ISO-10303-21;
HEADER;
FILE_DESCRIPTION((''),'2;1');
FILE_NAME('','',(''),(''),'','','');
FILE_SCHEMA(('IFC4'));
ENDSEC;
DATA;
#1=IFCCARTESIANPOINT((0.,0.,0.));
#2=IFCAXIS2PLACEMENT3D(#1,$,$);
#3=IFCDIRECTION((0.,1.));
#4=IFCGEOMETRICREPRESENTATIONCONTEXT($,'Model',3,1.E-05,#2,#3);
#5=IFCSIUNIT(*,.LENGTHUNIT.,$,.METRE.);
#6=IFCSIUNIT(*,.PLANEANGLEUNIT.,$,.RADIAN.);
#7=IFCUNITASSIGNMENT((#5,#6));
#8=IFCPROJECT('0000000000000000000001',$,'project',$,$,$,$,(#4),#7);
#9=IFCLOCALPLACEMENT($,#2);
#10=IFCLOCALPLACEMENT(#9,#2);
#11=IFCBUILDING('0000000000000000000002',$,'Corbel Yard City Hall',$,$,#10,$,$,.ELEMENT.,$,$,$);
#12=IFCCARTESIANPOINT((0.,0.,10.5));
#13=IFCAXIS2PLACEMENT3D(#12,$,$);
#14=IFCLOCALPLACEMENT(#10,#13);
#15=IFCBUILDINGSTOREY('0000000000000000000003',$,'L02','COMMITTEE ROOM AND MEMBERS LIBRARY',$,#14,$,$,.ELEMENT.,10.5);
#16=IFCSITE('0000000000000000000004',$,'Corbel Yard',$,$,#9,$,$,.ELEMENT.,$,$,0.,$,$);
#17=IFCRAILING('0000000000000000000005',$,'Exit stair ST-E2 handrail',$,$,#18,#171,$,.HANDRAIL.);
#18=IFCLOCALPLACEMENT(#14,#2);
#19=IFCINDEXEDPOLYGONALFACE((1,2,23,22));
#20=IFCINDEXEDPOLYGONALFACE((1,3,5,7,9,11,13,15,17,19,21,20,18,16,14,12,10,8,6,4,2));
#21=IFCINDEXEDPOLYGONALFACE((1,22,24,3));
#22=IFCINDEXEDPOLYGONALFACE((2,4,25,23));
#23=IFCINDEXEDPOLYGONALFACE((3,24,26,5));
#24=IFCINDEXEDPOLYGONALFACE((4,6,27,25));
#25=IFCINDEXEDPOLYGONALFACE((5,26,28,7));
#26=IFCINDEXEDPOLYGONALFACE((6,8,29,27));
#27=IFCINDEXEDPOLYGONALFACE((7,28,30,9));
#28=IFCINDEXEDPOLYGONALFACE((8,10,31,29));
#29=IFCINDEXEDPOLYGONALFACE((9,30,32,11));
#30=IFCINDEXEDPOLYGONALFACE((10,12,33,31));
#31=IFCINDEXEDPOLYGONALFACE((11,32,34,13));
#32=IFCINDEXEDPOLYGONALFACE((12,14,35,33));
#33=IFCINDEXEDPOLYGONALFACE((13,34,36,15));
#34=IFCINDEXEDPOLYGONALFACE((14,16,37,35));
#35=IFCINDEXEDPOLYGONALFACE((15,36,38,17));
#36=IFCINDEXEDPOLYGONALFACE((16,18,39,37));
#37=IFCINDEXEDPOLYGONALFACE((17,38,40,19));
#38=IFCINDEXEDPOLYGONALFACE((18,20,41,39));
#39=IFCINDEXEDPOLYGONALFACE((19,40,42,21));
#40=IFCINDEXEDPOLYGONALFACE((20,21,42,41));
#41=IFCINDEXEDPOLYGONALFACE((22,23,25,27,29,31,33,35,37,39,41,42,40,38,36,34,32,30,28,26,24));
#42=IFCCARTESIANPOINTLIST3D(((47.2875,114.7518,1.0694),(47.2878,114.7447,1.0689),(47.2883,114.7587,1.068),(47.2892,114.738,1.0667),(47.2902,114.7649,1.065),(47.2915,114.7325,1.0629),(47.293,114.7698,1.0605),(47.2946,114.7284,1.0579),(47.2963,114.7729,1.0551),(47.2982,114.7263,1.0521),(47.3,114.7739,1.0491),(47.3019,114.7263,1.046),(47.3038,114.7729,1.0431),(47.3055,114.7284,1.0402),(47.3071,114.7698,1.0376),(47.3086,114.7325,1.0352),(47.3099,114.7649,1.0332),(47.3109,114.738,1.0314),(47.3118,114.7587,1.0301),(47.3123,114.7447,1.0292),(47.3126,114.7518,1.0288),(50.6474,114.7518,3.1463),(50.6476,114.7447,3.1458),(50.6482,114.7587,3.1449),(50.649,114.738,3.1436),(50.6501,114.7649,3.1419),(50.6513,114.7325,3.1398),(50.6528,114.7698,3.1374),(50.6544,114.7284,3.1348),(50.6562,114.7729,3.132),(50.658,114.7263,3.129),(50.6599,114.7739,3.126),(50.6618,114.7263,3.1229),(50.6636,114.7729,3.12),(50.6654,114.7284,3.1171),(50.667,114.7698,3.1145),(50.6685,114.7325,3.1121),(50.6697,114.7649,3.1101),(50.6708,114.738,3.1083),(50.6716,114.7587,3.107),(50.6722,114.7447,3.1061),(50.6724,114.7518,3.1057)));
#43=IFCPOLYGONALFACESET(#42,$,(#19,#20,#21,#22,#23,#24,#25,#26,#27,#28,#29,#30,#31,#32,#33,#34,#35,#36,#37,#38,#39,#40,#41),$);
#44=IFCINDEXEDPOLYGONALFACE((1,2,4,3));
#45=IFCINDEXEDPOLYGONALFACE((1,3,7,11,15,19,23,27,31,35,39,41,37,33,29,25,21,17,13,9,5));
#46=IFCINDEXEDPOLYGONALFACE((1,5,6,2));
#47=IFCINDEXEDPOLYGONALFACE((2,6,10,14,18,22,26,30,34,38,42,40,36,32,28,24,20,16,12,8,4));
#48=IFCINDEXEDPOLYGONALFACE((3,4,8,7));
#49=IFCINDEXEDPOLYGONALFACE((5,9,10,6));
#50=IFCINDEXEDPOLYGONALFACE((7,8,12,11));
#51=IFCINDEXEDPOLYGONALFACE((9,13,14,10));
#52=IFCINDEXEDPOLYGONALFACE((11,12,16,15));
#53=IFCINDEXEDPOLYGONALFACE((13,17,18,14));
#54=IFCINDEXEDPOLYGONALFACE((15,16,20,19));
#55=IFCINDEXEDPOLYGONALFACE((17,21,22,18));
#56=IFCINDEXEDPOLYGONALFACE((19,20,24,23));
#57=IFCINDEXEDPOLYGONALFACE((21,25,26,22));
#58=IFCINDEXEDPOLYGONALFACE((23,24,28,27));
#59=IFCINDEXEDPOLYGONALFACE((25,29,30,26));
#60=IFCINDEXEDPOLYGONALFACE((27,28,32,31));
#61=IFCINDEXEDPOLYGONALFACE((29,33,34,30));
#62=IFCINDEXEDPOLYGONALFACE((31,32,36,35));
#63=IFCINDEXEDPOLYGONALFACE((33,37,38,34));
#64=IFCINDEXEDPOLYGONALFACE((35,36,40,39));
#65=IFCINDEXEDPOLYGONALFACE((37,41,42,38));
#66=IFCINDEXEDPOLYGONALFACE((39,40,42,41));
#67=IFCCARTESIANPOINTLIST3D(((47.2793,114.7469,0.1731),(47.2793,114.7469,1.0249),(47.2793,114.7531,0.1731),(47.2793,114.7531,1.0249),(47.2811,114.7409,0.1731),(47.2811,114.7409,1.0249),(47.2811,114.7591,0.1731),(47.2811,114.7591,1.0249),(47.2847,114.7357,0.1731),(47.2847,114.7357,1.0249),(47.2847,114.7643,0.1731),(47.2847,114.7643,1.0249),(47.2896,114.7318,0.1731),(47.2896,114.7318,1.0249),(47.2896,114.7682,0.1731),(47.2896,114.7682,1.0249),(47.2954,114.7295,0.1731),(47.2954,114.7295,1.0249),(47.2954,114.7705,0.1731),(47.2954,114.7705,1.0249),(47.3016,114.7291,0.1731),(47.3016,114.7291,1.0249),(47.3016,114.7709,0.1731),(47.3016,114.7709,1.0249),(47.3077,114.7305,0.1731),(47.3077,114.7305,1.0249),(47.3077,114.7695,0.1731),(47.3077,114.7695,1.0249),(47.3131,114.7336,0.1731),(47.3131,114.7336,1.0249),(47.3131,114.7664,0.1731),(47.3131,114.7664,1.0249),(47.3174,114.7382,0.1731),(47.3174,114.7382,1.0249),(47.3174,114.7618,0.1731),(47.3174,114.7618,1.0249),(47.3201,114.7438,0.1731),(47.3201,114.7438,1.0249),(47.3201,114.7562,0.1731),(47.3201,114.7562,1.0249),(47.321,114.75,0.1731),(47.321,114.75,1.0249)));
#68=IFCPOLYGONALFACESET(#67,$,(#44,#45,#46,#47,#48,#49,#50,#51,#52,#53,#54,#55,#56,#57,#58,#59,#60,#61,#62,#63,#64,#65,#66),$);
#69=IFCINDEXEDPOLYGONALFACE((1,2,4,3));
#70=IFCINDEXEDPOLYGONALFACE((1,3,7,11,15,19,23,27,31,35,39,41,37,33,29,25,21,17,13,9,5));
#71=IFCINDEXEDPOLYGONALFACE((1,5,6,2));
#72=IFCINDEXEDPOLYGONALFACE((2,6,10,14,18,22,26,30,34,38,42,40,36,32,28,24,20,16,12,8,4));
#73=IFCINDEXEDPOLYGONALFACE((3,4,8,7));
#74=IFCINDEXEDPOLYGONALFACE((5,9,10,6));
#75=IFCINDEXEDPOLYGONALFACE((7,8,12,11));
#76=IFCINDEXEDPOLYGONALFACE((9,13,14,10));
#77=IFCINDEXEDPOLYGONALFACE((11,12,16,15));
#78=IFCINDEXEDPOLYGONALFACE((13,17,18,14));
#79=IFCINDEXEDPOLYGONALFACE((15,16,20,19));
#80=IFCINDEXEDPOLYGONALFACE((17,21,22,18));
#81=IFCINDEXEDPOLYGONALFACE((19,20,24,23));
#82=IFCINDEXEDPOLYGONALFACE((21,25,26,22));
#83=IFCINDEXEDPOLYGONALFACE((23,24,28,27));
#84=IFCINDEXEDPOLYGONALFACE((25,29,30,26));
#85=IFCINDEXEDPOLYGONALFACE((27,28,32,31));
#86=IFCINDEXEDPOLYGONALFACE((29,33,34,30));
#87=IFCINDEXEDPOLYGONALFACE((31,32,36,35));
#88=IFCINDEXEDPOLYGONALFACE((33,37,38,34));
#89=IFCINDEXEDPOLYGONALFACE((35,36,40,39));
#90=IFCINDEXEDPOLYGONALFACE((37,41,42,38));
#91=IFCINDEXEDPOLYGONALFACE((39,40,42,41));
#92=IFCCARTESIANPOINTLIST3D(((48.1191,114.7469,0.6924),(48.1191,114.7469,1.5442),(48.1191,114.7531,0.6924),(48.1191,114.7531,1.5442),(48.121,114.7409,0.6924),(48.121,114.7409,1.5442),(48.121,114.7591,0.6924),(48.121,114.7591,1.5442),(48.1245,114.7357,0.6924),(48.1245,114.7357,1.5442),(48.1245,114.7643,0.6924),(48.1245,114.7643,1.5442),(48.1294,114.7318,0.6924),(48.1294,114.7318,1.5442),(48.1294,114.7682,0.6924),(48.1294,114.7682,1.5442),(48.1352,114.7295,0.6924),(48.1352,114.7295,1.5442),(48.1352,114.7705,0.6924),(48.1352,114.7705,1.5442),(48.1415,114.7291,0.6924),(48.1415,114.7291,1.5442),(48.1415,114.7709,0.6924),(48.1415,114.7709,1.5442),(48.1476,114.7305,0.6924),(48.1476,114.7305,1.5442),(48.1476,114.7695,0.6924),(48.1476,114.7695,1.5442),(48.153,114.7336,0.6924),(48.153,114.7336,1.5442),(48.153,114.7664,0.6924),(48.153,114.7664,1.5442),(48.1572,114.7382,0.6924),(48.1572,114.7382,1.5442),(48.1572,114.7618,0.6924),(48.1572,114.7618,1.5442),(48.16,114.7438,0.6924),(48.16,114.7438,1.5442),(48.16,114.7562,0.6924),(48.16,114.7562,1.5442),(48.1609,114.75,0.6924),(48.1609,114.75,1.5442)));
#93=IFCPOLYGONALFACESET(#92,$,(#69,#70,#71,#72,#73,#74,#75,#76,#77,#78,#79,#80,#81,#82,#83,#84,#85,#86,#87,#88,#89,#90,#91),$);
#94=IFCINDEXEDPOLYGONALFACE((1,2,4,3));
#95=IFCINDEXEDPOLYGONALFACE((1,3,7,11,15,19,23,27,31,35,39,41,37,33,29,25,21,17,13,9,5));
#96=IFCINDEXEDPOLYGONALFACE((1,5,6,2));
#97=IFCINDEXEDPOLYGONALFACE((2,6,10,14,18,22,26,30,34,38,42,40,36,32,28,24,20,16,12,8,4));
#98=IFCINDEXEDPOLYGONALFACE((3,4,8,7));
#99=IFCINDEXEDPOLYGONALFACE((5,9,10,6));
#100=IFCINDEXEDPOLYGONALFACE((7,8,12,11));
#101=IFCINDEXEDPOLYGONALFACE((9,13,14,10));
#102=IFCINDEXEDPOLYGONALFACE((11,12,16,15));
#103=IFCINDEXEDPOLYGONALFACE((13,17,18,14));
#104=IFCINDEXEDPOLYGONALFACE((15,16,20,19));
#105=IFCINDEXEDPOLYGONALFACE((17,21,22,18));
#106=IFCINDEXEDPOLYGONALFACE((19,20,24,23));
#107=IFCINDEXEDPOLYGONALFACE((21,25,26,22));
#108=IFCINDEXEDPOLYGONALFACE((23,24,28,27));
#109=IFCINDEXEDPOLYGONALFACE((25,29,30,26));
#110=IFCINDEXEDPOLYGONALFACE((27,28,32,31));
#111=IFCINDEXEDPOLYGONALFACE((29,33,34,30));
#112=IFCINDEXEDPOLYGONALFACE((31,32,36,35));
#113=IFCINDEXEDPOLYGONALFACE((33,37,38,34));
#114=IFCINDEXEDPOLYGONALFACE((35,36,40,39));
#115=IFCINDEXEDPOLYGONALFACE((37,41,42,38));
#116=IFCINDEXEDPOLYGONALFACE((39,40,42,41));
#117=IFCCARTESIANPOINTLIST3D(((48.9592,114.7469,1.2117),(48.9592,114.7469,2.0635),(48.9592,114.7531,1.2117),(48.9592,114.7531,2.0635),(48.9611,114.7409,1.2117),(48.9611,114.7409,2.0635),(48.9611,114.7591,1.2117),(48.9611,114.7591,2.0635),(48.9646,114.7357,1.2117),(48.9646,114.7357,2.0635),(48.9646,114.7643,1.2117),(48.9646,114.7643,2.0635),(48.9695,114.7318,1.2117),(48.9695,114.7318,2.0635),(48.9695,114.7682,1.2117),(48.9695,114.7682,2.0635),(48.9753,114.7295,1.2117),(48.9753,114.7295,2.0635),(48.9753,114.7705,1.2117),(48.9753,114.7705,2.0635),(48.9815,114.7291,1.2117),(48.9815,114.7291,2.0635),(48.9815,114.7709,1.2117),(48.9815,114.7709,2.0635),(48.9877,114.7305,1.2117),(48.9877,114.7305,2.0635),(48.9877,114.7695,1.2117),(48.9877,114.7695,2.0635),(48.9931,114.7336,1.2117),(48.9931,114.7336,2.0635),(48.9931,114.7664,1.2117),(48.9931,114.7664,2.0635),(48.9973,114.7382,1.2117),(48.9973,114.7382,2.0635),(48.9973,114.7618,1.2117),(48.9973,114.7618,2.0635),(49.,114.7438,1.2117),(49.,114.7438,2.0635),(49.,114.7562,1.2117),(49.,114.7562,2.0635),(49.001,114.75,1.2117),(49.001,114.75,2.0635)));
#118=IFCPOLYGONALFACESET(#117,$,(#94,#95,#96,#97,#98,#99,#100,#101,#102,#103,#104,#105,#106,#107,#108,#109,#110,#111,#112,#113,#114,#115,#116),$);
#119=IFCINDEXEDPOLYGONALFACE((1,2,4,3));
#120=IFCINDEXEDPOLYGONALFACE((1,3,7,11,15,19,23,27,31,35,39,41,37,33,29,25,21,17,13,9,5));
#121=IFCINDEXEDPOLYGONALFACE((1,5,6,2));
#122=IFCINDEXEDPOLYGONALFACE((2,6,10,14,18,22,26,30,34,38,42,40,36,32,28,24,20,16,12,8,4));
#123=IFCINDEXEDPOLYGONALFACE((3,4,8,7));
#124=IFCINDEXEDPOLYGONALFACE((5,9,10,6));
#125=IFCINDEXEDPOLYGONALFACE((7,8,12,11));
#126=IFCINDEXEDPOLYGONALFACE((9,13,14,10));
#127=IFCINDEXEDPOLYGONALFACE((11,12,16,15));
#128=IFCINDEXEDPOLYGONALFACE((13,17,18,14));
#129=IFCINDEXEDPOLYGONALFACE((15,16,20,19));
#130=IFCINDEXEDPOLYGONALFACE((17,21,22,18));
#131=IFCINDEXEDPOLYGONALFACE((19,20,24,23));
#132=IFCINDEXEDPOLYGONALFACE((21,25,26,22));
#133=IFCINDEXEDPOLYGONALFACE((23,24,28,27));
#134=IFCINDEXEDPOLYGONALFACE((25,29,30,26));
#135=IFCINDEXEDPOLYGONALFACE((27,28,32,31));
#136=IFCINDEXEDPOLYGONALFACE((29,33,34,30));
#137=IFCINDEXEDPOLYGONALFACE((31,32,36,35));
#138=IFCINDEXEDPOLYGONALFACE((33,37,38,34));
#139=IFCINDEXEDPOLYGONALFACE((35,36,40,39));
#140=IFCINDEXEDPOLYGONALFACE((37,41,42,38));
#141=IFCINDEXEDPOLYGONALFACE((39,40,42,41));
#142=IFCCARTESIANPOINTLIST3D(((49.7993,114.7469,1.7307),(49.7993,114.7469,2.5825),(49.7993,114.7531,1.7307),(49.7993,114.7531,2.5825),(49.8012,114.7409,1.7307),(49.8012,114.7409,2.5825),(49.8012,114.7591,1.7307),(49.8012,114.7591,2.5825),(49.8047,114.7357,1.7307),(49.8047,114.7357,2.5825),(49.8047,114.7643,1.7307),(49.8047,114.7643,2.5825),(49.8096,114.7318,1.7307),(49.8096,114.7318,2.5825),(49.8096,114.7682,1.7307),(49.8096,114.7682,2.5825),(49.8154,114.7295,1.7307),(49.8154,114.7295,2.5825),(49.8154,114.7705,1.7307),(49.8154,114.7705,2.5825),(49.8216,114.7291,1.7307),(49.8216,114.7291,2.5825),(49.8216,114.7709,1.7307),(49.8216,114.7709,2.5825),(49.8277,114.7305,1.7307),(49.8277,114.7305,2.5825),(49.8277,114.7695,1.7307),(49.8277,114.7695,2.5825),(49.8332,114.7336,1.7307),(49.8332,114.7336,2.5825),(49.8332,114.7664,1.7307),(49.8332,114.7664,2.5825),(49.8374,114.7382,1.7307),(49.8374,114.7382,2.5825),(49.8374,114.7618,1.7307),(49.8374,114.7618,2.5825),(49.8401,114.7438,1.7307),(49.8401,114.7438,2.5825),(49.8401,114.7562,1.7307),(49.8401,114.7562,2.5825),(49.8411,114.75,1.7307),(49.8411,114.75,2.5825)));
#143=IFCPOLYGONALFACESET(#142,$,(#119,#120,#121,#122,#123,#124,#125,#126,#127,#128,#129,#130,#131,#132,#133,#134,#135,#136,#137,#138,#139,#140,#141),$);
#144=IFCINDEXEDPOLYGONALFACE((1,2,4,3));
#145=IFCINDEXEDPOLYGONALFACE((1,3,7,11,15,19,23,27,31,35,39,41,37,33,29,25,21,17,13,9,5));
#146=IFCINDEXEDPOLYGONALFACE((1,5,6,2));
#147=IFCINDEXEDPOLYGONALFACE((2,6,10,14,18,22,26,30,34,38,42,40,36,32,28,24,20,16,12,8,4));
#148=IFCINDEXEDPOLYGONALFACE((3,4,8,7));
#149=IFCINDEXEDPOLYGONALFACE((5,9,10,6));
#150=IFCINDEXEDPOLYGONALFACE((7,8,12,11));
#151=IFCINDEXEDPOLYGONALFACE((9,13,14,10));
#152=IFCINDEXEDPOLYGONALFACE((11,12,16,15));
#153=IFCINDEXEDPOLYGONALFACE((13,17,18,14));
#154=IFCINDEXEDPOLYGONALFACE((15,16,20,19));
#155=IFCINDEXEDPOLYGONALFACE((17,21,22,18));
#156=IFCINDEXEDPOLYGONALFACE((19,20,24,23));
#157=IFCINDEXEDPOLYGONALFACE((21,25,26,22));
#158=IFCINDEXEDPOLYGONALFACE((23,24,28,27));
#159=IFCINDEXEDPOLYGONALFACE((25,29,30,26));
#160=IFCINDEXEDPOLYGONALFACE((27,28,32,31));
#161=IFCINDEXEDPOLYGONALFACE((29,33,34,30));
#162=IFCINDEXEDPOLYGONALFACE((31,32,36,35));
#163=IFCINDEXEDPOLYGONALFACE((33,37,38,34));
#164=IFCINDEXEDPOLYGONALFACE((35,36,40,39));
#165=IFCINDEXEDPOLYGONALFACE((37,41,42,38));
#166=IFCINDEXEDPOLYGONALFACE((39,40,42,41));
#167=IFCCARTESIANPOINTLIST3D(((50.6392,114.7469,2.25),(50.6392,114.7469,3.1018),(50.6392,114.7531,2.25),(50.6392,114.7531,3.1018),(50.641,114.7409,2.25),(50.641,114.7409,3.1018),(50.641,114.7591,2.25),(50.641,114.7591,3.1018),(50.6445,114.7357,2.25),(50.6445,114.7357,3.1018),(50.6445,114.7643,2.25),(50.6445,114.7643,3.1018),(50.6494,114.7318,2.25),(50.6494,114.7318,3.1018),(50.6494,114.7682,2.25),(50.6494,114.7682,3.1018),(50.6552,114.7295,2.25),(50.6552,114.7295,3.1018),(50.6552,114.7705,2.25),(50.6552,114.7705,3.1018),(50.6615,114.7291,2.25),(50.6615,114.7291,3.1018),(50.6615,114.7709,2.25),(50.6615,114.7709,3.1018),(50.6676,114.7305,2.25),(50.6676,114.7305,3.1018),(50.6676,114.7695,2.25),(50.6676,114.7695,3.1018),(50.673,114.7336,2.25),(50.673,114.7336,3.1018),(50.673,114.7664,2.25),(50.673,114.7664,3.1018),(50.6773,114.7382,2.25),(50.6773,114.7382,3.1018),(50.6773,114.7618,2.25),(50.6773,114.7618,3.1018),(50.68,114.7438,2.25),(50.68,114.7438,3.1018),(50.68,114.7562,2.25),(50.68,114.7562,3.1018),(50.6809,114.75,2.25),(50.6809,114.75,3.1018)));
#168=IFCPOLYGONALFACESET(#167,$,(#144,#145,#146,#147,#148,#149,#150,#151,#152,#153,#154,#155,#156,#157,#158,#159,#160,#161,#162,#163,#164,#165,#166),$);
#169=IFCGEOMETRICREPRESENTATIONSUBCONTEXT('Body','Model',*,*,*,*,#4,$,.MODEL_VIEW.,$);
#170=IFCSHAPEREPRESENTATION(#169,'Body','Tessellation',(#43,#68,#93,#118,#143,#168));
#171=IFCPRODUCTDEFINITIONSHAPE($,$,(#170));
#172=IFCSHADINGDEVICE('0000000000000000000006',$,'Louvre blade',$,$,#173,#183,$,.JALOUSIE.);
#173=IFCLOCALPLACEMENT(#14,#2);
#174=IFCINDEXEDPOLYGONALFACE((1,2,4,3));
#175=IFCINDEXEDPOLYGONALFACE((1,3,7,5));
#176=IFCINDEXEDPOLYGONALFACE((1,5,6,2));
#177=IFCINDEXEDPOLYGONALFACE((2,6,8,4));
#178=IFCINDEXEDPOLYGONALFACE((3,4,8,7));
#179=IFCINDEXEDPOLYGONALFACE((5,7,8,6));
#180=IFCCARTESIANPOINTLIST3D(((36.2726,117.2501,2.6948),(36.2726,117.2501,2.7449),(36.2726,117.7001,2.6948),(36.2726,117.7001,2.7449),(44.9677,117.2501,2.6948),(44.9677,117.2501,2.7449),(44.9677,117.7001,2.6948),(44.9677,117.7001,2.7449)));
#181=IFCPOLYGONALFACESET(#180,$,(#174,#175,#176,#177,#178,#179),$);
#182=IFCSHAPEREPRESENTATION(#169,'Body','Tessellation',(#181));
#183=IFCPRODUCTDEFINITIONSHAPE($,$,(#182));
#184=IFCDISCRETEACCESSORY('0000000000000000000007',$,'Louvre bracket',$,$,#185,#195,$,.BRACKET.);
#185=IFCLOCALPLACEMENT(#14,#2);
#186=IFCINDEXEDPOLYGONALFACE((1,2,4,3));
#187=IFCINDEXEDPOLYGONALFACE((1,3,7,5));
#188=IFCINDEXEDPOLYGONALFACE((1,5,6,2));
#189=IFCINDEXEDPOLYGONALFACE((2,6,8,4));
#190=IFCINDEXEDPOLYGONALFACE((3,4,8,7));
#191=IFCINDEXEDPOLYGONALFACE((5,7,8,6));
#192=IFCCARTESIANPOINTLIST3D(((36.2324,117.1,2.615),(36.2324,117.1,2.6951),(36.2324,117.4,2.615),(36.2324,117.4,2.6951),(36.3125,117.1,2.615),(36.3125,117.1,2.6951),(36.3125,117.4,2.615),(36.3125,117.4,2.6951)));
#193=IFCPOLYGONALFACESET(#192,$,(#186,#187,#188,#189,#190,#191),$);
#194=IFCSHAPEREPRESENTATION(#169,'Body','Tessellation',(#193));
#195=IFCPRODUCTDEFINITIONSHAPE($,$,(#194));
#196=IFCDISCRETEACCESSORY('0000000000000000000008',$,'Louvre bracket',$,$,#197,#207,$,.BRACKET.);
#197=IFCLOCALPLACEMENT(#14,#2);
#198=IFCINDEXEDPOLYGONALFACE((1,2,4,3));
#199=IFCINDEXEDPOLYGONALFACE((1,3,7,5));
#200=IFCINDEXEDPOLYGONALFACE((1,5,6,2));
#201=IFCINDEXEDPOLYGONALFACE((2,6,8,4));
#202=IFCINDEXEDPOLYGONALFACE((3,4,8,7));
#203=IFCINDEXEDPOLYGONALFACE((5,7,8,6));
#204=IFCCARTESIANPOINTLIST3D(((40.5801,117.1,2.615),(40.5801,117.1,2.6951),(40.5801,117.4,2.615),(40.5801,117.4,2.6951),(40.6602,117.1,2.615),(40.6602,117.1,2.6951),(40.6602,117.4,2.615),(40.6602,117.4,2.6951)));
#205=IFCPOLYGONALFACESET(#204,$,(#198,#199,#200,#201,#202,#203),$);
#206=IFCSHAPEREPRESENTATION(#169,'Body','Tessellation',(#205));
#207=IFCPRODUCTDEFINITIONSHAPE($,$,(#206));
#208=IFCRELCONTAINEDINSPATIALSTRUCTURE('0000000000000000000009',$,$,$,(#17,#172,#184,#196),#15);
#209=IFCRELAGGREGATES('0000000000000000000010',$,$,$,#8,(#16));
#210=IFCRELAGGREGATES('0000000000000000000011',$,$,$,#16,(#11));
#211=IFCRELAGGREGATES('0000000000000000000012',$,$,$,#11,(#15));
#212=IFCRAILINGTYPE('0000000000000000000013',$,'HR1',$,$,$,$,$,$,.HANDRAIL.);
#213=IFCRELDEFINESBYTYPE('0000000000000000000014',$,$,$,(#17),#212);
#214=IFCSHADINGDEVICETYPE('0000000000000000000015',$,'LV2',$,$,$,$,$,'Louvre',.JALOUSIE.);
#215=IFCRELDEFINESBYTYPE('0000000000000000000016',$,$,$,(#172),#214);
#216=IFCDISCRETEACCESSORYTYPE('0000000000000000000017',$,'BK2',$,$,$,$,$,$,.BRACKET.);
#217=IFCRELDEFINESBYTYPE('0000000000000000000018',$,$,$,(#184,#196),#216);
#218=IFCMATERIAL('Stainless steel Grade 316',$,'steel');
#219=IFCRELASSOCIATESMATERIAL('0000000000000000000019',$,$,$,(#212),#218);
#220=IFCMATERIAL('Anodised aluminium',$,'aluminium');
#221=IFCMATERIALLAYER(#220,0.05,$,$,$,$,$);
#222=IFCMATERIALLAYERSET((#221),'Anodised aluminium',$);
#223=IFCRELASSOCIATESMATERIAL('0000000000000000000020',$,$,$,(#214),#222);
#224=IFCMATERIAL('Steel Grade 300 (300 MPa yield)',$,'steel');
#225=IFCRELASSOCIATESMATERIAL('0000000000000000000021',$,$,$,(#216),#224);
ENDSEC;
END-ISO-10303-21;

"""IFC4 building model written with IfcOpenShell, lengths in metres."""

from ifc_helpers import new_model, si_unit, direction, frame, origin, origin_2d, place, context, subcontext, project, spatial, rectangle, circle, extrude, material, layer, layer_set, type_object, element, save


model = new_model("IFC4")

# Units and contexts
model_context = context("Model", 3, precision=1e-05, world=origin(), true_north=direction((0.0, 1.0)))
body_context = subcontext(model_context, "Body", "Model", "MODEL_VIEW")
ifc_project = project(units=[si_unit("LENGTHUNIT", "METRE"), si_unit("PLANEANGLEUNIT", "RADIAN")], contexts=[model_context])

# Site, building, storey
site_placement = place(None, origin())
site = spatial("IfcSite", under=ifc_project, at=site_placement, Name="Corbel Yard", CompositionType="ELEMENT", RefElevation=0.0)
building_placement = place(site_placement, origin())
building = spatial("IfcBuilding", under=site, at=building_placement, Name="Corbel Yard City Hall", CompositionType="ELEMENT")
storey_placement = place(building_placement, frame((0.0, 0.0, 10.5)))
storey = spatial("IfcBuildingStorey", under=building, at=storey_placement, Name="L02", Description="COMMITTEE ROOM AND MEMBERS LIBRARY", CompositionType="ELEMENT", Elevation=10.5)

# Railing
ifc_material_1 = material(Name="Stainless steel Grade 316", Category="steel")
railing_type = type_object("IfcRailingType", Name="HR1", PredefinedType="HANDRAIL", material=ifc_material_1)
for number, where, name in (
    (1, (47.3, 114.75, 0.1731), "Exit stair ST-E2 handrail"),
):
    element("IfcRailing", number, at=place(storey_placement, frame(where)), inside=storey, type_object=railing_type, Name=name, PredefinedType="HANDRAIL", context=body_context, shape_type="SweptSolid", body=[
        extrude(circle(Radius=0.0239, at=origin_2d()), frame((0.0, 0.0, 0.876), z_axis=(0.850606, 0.0, 0.525803), x_axis=(0.0, 1.0, 0.0)), (0.0, 0.0, 1.0), 3.95),
        extrude(circle(Radius=0.021, at=origin_2d()), origin(), (0.0, 0.0, 1.0), 0.8518),
        extrude(circle(Radius=0.021, at=origin_2d()), frame((0.8398, 0.0, 0.5193)), (0.0, 0.0, 1.0), 0.8518),
        extrude(circle(Radius=0.021, at=origin_2d()), frame((1.6799, 0.0, 1.0386)), (0.0, 0.0, 1.0), 0.8518),
        extrude(circle(Radius=0.021, at=origin_2d()), frame((2.52, 0.0, 1.5576)), (0.0, 0.0, 1.0), 0.8518),
        extrude(circle(Radius=0.021, at=origin_2d()), frame((3.3599, 0.0, 2.0769)), (0.0, 0.0, 1.0), 0.8518),
    ])

# Shading device
ifc_material_2 = material(Name="Anodised aluminium", Category="aluminium")
ifc_layer_1 = layer(ifc_material_2, 0.05)
ifc_layer_set_1 = layer_set([ifc_layer_1], Name="Anodised aluminium")
shading_device_type = type_object("IfcShadingDeviceType", Name="LV2", ElementType="Louvre", PredefinedType="JALOUSIE", material=ifc_layer_set_1)
shading_device_placement = place(storey_placement, frame((40.6201, 117.4751, 2.6948), z_axis=(0.0, 0.0, 1.0), x_axis=(1.0, 0.0, 0.0)))
element("IfcShadingDevice", 2, at=shading_device_placement, inside=storey, type_object=shading_device_type, Name="Louvre blade", PredefinedType="JALOUSIE", context=body_context, shape_type="SweptSolid", body=[
    extrude(rectangle(XDim=8.6951, YDim=0.45, at=origin_2d()), origin(), (0.0, 0.0, 1.0), 0.05),
])

# Discrete accessories
ifc_material_3 = material(Name="Steel Grade 300 (300 MPa yield)", Category="steel")
discrete_accessory_type = type_object("IfcDiscreteAccessoryType", Name="BK2", PredefinedType="BRACKET", material=ifc_material_3)
for number, where, z_axis, x_axis, name in (
    (3, (36.2725, 117.25, 2.615), (0.0, 0.0, 1.0), (1.0, 0.0, 0.0), "Louvre bracket"),
    (4, (40.6201, 117.25, 2.615), (0.0, 0.0, 1.0), (1.0, 0.0, 0.0), "Louvre bracket"),
):
    element("IfcDiscreteAccessory", number, at=place(storey_placement, frame(where, z_axis=z_axis, x_axis=x_axis)), inside=storey, type_object=discrete_accessory_type, Name=name, PredefinedType="BRACKET", context=body_context, shape_type="SweptSolid", body=[
        extrude(rectangle(XDim=0.0801, YDim=0.3, at=origin_2d()), origin(), (0.0, 0.0, 1.0), 0.0801),
    ])

save(model, "model.ifc")
